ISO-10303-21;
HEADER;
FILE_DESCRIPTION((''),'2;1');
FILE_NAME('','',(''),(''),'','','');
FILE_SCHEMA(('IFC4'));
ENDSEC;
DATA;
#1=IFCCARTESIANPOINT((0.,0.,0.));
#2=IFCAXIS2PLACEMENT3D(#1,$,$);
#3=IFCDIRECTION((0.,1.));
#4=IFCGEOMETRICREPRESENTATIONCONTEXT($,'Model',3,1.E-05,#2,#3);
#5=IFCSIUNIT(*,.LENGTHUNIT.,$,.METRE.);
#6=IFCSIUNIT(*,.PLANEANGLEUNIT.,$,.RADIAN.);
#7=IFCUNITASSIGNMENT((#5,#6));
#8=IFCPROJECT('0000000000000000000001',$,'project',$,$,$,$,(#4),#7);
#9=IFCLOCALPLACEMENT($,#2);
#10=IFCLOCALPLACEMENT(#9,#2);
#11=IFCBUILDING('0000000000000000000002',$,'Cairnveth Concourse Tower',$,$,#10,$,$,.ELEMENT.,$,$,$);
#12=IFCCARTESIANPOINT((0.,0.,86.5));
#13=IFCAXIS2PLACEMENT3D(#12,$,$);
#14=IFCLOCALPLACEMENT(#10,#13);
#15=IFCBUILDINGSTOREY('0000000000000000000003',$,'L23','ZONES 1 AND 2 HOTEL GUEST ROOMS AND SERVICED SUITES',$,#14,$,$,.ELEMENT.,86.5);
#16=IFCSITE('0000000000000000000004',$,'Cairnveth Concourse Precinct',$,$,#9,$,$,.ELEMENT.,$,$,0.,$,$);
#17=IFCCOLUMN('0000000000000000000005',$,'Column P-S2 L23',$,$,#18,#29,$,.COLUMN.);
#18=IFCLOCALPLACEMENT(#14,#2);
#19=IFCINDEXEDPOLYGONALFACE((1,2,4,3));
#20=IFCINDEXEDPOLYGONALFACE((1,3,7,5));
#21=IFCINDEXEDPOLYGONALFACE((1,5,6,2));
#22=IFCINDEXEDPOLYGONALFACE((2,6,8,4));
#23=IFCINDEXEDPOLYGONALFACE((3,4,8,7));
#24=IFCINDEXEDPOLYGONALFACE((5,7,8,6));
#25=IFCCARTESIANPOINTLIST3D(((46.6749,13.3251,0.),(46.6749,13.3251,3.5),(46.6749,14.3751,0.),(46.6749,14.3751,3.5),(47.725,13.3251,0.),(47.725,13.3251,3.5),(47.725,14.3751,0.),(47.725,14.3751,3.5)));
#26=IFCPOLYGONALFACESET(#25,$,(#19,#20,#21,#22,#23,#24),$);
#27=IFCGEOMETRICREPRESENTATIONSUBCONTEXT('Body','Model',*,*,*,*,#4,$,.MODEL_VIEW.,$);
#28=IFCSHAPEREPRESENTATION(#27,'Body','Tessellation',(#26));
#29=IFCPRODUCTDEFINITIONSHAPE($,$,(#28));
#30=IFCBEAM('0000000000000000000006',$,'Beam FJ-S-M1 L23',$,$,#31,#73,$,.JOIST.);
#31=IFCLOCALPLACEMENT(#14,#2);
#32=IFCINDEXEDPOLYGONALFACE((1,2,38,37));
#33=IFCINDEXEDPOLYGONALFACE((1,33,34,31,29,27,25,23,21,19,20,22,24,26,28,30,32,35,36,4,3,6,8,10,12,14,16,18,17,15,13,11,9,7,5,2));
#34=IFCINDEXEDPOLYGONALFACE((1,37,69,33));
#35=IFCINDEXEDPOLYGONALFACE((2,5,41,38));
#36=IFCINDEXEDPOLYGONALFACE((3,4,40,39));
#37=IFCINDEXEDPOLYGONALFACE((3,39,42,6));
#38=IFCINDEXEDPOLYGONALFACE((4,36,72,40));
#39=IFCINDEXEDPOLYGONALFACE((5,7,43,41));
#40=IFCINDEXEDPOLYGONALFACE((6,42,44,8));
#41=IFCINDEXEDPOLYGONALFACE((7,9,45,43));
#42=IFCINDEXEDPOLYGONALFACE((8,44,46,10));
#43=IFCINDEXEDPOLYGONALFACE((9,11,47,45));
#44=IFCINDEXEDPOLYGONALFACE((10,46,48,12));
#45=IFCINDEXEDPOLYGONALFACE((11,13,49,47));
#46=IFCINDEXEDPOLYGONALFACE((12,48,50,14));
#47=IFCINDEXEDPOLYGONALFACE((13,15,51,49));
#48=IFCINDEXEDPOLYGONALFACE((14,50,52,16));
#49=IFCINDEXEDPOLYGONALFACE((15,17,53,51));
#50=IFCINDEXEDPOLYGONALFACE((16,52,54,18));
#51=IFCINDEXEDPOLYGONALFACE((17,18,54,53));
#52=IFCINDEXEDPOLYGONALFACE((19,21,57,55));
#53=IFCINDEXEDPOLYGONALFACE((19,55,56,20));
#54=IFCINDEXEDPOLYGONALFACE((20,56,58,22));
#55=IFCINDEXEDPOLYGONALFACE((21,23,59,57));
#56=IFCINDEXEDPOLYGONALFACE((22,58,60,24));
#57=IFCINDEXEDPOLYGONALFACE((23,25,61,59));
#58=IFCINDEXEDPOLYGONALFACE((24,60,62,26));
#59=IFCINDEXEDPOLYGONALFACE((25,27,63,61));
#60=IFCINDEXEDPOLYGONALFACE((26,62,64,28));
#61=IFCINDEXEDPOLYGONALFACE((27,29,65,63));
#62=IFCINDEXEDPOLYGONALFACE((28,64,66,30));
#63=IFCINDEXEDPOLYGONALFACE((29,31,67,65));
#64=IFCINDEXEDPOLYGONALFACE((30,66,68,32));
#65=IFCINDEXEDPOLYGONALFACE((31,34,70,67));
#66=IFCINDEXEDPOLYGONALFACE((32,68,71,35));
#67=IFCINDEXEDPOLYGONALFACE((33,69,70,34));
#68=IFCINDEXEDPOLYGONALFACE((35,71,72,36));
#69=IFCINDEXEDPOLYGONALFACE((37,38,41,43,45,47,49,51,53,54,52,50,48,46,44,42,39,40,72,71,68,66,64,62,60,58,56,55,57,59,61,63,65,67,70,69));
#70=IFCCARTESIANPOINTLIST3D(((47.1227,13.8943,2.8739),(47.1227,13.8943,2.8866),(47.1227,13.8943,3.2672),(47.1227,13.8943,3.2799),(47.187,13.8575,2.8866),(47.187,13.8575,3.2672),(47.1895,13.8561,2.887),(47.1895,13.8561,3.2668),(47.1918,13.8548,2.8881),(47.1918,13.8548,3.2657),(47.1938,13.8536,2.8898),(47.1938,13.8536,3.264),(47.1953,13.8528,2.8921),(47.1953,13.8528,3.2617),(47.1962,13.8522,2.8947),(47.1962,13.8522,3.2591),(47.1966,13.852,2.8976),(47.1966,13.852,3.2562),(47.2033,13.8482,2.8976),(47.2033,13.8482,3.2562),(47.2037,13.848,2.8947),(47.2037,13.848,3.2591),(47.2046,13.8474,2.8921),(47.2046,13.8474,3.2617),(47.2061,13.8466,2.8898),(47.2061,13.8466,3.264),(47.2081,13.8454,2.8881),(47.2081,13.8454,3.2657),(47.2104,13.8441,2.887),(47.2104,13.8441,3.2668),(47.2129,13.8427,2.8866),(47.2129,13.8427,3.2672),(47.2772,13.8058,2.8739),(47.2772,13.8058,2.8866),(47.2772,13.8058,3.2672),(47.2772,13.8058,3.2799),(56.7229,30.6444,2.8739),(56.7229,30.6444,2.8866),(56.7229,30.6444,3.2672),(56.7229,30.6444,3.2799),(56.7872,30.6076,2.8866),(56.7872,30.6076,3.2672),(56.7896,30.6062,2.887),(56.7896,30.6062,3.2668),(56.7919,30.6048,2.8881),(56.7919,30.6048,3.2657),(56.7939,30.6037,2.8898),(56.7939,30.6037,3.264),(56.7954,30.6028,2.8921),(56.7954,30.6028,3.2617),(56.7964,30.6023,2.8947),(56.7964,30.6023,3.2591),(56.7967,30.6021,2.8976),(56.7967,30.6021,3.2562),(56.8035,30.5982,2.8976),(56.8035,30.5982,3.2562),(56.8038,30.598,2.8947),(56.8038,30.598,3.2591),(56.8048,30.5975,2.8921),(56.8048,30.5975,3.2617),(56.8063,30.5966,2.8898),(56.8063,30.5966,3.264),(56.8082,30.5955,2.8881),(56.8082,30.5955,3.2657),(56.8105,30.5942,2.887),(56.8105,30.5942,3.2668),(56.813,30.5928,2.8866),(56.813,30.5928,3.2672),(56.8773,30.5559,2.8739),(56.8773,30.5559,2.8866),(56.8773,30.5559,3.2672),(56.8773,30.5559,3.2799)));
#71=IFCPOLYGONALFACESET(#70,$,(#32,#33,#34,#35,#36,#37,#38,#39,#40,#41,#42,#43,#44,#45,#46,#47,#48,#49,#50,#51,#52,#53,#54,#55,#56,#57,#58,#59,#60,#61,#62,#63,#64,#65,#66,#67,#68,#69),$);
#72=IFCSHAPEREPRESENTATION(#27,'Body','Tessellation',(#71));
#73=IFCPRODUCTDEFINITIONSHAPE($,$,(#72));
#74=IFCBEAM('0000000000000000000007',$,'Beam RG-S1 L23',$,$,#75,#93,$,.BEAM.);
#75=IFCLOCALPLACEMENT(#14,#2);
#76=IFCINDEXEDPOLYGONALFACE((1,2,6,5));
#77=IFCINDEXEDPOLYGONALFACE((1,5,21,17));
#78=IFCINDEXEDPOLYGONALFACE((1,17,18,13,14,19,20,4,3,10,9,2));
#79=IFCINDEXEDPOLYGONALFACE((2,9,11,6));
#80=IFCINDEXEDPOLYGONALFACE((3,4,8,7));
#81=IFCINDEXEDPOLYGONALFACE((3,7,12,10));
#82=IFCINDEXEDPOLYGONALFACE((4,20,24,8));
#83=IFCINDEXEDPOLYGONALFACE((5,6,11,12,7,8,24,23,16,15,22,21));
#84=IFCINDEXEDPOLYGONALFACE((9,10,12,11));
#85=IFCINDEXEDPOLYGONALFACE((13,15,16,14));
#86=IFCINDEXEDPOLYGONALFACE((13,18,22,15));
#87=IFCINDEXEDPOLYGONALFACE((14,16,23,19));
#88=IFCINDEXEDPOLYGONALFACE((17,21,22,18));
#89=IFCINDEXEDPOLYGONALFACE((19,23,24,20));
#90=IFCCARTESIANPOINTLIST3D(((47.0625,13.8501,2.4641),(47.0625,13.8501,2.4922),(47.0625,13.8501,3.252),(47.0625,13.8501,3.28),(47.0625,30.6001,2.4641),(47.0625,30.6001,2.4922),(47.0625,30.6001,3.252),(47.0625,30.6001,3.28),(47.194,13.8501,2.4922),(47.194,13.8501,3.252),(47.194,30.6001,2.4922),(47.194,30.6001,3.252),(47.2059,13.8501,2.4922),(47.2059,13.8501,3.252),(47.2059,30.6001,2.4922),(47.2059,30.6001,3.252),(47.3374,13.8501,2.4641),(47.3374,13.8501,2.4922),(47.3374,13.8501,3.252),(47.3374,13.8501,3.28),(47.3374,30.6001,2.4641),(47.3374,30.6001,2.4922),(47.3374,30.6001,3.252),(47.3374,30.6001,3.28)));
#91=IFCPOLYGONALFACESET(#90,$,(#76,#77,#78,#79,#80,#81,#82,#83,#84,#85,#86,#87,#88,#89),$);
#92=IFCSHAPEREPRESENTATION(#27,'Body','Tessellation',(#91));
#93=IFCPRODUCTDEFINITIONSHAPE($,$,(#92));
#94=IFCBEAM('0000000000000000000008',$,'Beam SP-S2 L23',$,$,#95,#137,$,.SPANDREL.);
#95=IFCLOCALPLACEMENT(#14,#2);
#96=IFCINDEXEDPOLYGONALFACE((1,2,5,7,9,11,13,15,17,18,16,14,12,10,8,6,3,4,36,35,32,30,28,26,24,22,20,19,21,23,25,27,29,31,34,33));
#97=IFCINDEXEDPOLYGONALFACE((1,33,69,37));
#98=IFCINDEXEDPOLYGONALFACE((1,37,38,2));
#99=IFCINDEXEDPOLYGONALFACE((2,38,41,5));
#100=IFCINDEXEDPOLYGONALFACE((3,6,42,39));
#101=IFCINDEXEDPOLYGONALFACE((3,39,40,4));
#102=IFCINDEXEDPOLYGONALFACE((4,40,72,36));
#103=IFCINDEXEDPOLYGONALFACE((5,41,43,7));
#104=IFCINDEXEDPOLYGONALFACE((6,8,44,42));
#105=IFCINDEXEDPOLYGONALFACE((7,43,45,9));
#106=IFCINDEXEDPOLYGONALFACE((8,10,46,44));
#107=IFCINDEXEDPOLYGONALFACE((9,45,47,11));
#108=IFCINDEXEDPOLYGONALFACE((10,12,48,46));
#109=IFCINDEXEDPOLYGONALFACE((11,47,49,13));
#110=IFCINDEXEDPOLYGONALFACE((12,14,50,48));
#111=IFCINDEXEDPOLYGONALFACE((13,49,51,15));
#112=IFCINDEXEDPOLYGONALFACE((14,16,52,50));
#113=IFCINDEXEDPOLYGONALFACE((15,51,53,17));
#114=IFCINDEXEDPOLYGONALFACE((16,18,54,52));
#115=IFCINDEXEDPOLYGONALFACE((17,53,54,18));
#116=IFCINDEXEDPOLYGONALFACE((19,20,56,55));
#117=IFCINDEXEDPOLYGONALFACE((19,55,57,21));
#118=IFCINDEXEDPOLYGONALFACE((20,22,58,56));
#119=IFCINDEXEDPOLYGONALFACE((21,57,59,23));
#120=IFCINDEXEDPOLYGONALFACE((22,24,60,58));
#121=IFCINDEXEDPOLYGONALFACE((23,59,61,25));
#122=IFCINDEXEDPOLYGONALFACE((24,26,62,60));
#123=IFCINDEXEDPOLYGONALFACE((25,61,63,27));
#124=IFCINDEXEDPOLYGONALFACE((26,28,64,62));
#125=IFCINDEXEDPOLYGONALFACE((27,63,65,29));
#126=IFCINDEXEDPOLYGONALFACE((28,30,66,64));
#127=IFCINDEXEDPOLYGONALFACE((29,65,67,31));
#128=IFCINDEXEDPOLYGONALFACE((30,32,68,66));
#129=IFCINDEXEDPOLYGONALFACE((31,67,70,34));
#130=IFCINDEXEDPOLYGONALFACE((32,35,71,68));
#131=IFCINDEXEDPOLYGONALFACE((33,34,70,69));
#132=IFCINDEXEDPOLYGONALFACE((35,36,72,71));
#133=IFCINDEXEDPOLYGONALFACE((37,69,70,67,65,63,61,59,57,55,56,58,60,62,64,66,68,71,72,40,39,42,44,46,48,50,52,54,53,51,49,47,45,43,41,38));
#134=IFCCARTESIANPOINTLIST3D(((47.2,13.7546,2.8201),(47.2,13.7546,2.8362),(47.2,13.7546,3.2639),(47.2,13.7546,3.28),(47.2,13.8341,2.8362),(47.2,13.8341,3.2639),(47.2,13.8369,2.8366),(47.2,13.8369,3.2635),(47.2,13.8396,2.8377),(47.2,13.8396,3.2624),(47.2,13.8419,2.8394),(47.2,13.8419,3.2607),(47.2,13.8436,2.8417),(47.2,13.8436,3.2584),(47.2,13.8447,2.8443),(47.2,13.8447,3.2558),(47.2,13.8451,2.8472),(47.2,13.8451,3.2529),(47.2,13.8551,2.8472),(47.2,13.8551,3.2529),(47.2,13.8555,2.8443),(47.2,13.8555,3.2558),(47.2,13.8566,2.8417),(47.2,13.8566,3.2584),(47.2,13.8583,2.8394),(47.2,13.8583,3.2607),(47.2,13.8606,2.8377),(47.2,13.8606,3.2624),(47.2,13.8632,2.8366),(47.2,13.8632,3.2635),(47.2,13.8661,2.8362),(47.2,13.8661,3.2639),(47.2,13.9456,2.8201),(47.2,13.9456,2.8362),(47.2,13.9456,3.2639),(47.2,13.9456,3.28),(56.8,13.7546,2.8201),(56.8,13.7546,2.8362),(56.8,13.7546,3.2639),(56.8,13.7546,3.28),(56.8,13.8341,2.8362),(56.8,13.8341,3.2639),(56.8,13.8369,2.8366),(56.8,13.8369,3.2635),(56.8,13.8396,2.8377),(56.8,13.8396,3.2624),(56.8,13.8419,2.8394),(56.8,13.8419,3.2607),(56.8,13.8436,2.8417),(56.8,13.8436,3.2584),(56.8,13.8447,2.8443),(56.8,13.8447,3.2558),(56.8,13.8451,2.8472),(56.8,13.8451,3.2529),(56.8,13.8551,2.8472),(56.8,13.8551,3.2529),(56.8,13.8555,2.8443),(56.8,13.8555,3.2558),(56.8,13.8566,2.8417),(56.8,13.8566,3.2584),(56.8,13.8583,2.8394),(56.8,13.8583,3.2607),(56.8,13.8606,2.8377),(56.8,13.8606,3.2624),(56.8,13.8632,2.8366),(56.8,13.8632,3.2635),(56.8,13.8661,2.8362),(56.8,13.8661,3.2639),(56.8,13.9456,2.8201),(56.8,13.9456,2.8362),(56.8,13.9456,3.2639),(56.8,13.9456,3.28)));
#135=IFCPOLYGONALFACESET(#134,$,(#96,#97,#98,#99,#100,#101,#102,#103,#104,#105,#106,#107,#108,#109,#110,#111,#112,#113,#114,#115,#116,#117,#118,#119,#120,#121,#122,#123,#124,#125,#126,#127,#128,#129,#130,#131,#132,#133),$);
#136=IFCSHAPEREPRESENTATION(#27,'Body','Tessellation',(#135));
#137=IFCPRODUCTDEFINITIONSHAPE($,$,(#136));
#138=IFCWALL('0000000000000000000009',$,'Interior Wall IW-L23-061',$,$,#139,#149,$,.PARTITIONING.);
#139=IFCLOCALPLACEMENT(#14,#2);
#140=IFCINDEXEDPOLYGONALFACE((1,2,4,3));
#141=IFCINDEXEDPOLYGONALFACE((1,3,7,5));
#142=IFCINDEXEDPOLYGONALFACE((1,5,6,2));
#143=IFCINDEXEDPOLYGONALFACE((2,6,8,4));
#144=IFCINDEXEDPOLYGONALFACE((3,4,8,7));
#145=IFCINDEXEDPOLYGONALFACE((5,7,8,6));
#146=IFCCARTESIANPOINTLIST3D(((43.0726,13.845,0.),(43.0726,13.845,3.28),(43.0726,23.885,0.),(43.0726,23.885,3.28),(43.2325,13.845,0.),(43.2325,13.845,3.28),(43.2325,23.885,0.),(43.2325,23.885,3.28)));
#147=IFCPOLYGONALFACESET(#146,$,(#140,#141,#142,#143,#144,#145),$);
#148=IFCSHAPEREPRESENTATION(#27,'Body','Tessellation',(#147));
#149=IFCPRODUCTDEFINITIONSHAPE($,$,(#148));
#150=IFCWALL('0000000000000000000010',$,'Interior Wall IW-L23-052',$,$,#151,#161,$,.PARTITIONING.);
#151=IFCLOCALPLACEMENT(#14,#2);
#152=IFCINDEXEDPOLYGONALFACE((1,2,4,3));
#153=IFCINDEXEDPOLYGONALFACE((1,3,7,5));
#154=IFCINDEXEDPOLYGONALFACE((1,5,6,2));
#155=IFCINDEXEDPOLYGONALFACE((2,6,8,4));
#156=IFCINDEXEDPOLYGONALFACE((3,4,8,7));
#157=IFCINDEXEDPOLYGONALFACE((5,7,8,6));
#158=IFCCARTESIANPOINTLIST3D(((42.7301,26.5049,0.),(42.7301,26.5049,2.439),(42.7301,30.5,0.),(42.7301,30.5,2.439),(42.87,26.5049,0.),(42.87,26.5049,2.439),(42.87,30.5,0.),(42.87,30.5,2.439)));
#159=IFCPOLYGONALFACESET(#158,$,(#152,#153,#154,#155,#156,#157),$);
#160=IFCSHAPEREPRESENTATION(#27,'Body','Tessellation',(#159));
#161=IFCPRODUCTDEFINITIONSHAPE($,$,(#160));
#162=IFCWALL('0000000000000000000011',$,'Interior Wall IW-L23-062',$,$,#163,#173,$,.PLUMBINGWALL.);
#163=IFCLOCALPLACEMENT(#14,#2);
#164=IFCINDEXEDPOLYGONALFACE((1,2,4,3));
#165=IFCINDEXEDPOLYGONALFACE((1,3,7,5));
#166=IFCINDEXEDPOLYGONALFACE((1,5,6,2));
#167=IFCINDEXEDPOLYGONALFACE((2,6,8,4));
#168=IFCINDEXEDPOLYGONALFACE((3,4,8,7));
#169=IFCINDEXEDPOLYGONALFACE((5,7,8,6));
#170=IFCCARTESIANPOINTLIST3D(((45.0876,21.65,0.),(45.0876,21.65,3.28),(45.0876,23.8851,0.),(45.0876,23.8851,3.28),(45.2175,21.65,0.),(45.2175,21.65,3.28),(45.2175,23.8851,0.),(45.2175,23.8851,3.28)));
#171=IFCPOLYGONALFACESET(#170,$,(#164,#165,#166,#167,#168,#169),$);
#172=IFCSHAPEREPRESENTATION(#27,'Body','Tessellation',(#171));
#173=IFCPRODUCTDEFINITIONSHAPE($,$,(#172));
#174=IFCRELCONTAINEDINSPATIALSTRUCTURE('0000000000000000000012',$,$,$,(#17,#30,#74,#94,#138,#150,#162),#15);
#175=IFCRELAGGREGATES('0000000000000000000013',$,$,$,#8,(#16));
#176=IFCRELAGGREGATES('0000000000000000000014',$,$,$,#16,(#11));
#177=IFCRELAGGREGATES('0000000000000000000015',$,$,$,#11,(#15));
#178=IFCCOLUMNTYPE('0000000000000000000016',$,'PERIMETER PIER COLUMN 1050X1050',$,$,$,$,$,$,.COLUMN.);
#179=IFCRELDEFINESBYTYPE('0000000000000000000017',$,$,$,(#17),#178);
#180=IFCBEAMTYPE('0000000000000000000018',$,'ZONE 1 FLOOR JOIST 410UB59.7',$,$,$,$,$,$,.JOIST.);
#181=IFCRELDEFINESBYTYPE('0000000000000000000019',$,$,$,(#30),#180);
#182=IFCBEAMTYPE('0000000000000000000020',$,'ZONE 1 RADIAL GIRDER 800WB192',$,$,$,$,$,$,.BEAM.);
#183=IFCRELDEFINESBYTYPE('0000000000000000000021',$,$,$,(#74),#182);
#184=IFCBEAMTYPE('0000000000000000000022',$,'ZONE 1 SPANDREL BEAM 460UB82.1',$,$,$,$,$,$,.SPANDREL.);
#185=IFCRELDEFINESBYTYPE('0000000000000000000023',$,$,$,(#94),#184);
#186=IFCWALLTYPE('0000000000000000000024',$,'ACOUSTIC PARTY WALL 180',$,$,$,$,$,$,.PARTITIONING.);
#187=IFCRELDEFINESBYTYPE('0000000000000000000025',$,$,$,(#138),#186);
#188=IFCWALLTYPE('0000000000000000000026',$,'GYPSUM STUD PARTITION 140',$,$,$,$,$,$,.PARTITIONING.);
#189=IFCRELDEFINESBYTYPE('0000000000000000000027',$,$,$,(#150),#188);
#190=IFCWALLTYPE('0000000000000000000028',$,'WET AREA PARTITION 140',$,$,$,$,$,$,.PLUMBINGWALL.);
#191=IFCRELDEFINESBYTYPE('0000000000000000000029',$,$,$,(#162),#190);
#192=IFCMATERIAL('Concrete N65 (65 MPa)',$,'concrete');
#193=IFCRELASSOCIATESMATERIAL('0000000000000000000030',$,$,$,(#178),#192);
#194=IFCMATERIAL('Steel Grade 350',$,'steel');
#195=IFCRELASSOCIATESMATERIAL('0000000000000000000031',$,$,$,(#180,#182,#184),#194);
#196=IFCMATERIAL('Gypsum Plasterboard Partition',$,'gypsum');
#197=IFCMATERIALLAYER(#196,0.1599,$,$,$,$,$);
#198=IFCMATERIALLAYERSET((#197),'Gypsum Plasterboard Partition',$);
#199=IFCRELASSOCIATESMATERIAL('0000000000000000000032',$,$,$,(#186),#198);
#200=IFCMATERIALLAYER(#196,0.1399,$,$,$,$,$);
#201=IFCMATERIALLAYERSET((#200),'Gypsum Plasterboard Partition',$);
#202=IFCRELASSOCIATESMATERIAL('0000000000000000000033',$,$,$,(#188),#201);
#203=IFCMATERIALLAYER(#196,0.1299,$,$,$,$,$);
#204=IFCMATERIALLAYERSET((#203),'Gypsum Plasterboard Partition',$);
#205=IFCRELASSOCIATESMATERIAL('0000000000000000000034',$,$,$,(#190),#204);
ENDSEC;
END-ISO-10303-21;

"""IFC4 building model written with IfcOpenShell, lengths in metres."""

from ifc_helpers import new_model, si_unit, direction, frame, frame_2d, origin, origin_2d, place, context, subcontext, project, spatial, rectangle, i_section, extrude, material, layer, layer_set, material_profile, profile_set, type_object, element, save


model = new_model("IFC4")

# Units and contexts
model_context = context("Model", 3, precision=1e-05, world=origin(), true_north=direction((0.0, 1.0)))
body_context = subcontext(model_context, "Body", "Model", "MODEL_VIEW")
ifc_project = project(units=[si_unit("LENGTHUNIT", "METRE"), si_unit("PLANEANGLEUNIT", "RADIAN")], contexts=[model_context])

# Site, building, storey
site_placement = place(None, origin())
site = spatial("IfcSite", under=ifc_project, at=site_placement, Name="Cairnveth Concourse Precinct", CompositionType="ELEMENT", RefElevation=0.0)
building_placement = place(site_placement, origin())
building = spatial("IfcBuilding", under=site, at=building_placement, Name="Cairnveth Concourse Tower", CompositionType="ELEMENT")
storey_placement = place(building_placement, frame((0.0, 0.0, 86.5)))
storey = spatial("IfcBuildingStorey", under=building, at=storey_placement, Name="L23", Description="ZONES 1 AND 2 HOTEL GUEST ROOMS AND SERVICED SUITES", CompositionType="ELEMENT", Elevation=86.5)

# Column
ifc_material_1 = material(Name="Concrete N65 (65 MPa)", Category="concrete")
ifc_material_profile_1 = material_profile(ifc_material_1, rectangle(XDim=1.05, YDim=1.05, at=origin_2d()), Name="RC-COL-1050x1050")
ifc_profile_set_1 = profile_set([ifc_material_profile_1], Name="Concrete N65 (65 MPa)")
column_type = type_object("IfcColumnType", Name="PERIMETER PIER COLUMN 1050X1050", PredefinedType="COLUMN", material=ifc_profile_set_1)
column_placement = place(storey_placement, frame((47.2, 13.8501, 0.0), z_axis=(0.0, 0.0, 1.0), x_axis=(1.0, 0.0, 0.0)))
element("IfcColumn", 1, at=column_placement, inside=storey, type_object=column_type, Name="Column P-S2 L23", PredefinedType="COLUMN", context=body_context, shape_type="SweptSolid", body=[
    extrude(rectangle(XDim=1.05, YDim=1.05, at=origin_2d()), origin(), (0.0, 0.0, 1.0), 3.5),
])

# Beams
ifc_material_2 = material(Name="Steel Grade 350", Category="steel")
ifc_material_profile_2 = material_profile(ifc_material_2, i_section(OverallWidth=0.178, OverallDepth=0.406, WebThickness=0.0078, FlangeThickness=0.0127, FilletRadius=0.011, at=origin_2d()), Name="410UB59.7")
ifc_profile_set_2 = profile_set([ifc_material_profile_2], Name="Steel Grade 350")
beam_type_1 = type_object("IfcBeamType", Name="ZONE 1 FLOOR JOIST 410UB59.7", PredefinedType="JOIST", material=ifc_profile_set_2)
beam_1_placement = place(storey_placement, frame((47.2, 13.8501, 3.0769), z_axis=(0.497258, 0.867603, 0.0), x_axis=(-0.867603, 0.497258, 0.0)))
element("IfcBeam", 2, at=beam_1_placement, inside=storey, type_object=beam_type_1, Name="Beam FJ-S-M1 L23", PredefinedType="JOIST", context=body_context, shape_type="SweptSolid", body=[
    extrude(i_section(OverallWidth=0.178, OverallDepth=0.406, WebThickness=0.0078, FlangeThickness=0.0127, FilletRadius=0.011, at=origin_2d()), origin(), (0.0, 0.0, 1.0), 19.3062),
])
ifc_material_profile_3 = material_profile(ifc_material_2, i_section(OverallWidth=0.2749, OverallDepth=0.8159, WebThickness=0.012, FlangeThickness=0.0281, at=origin_2d()), Name="800WB192")
ifc_profile_set_3 = profile_set([ifc_material_profile_3], Name="Steel Grade 350")
beam_type_2 = type_object("IfcBeamType", Name="ZONE 1 RADIAL GIRDER 800WB192", PredefinedType="BEAM", material=ifc_profile_set_3)
beam_2_placement = place(storey_placement, frame((47.2, 13.8501, 2.8721), z_axis=(0.0, 1.0, 0.0), x_axis=(-1.0, 0.0, 0.0)))
element("IfcBeam", 3, at=beam_2_placement, inside=storey, type_object=beam_type_2, Name="Beam RG-S1 L23", PredefinedType="BEAM", context=body_context, shape_type="SweptSolid", body=[
    extrude(i_section(OverallWidth=0.2749, OverallDepth=0.8159, WebThickness=0.012, FlangeThickness=0.0281, at=origin_2d()), origin(), (0.0, 0.0, 1.0), 16.75),
])
ifc_material_profile_4 = material_profile(ifc_material_2, i_section(OverallWidth=0.1909, OverallDepth=0.46, WebThickness=0.01, FlangeThickness=0.0161, FilletRadius=0.011, at=origin_2d()), Name="460UB82.1")
ifc_profile_set_4 = profile_set([ifc_material_profile_4], Name="Steel Grade 350")
beam_type_3 = type_object("IfcBeamType", Name="ZONE 1 SPANDREL BEAM 460UB82.1", PredefinedType="SPANDREL", material=ifc_profile_set_4)
beam_3_placement = place(storey_placement, frame((47.2, 13.8501, 3.05), z_axis=(1.0, 0.0, 0.0), x_axis=(0.0, 1.0, 0.0)))
element("IfcBeam", 4, at=beam_3_placement, inside=storey, type_object=beam_type_3, Name="Beam SP-S2 L23", PredefinedType="SPANDREL", context=body_context, shape_type="SweptSolid", body=[
    extrude(i_section(OverallWidth=0.1909, OverallDepth=0.46, WebThickness=0.01, FlangeThickness=0.0161, FilletRadius=0.011, at=origin_2d()), origin(), (0.0, 0.0, 1.0), 9.6001),
])

# Walls
ifc_material_3 = material(Name="Gypsum Plasterboard Partition", Category="gypsum")
ifc_layer_1 = layer(ifc_material_3, 0.1599)
ifc_layer_set_1 = layer_set([ifc_layer_1], Name="Gypsum Plasterboard Partition")
wall_type_1 = type_object("IfcWallType", Name="ACOUSTIC PARTY WALL 180", PredefinedType="PARTITIONING", material=ifc_layer_set_1)
wall_1_placement = place(storey_placement, frame((43.1526, 13.845, 0.0), z_axis=(0.0, 0.0, 1.0), x_axis=(0.0, 1.0, 0.0)))
element("IfcWall", 5, at=wall_1_placement, inside=storey, type_object=wall_type_1, Name="Interior Wall IW-L23-061", PredefinedType="PARTITIONING", context=body_context, shape_type="SweptSolid", body=[
    extrude(rectangle(XDim=10.04, YDim=0.1599, at=frame_2d((5.02, 0.0))), origin(), (0.0, 0.0, 1.0), 3.28),
])
ifc_layer_2 = layer(ifc_material_3, 0.1399)
ifc_layer_set_2 = layer_set([ifc_layer_2], Name="Gypsum Plasterboard Partition")
wall_type_2 = type_object("IfcWallType", Name="GYPSUM STUD PARTITION 140", PredefinedType="PARTITIONING", material=ifc_layer_set_2)
wall_2_placement = place(storey_placement, frame((42.8, 26.5049, 0.0), z_axis=(0.0, 0.0, 1.0), x_axis=(0.0, 1.0, 0.0)))
element("IfcWall", 6, at=wall_2_placement, inside=storey, type_object=wall_type_2, Name="Interior Wall IW-L23-052", PredefinedType="PARTITIONING", context=body_context, shape_type="SweptSolid", body=[
    extrude(rectangle(XDim=3.9951, YDim=0.1399, at=frame_2d((1.9976, 0.0))), origin(), (0.0, 0.0, 1.0), 2.439),
])
ifc_layer_3 = layer(ifc_material_3, 0.1299)
ifc_layer_set_3 = layer_set([ifc_layer_3], Name="Gypsum Plasterboard Partition")
wall_type_3 = type_object("IfcWallType", Name="WET AREA PARTITION 140", PredefinedType="PLUMBINGWALL", material=ifc_layer_set_3)
wall_3_placement = place(storey_placement, frame((45.1526, 21.6499, 0.0), z_axis=(0.0, 0.0, 1.0), x_axis=(0.0, 1.0, 0.0)))
element("IfcWall", 7, at=wall_3_placement, inside=storey, type_object=wall_type_3, Name="Interior Wall IW-L23-062", PredefinedType="PLUMBINGWALL", context=body_context, shape_type="SweptSolid", body=[
    extrude(rectangle(XDim=2.2351, YDim=0.1299, at=frame_2d((1.1177, 0.0))), origin(), (0.0, 0.0, 1.0), 3.28),
])

save(model, "model.ifc")
